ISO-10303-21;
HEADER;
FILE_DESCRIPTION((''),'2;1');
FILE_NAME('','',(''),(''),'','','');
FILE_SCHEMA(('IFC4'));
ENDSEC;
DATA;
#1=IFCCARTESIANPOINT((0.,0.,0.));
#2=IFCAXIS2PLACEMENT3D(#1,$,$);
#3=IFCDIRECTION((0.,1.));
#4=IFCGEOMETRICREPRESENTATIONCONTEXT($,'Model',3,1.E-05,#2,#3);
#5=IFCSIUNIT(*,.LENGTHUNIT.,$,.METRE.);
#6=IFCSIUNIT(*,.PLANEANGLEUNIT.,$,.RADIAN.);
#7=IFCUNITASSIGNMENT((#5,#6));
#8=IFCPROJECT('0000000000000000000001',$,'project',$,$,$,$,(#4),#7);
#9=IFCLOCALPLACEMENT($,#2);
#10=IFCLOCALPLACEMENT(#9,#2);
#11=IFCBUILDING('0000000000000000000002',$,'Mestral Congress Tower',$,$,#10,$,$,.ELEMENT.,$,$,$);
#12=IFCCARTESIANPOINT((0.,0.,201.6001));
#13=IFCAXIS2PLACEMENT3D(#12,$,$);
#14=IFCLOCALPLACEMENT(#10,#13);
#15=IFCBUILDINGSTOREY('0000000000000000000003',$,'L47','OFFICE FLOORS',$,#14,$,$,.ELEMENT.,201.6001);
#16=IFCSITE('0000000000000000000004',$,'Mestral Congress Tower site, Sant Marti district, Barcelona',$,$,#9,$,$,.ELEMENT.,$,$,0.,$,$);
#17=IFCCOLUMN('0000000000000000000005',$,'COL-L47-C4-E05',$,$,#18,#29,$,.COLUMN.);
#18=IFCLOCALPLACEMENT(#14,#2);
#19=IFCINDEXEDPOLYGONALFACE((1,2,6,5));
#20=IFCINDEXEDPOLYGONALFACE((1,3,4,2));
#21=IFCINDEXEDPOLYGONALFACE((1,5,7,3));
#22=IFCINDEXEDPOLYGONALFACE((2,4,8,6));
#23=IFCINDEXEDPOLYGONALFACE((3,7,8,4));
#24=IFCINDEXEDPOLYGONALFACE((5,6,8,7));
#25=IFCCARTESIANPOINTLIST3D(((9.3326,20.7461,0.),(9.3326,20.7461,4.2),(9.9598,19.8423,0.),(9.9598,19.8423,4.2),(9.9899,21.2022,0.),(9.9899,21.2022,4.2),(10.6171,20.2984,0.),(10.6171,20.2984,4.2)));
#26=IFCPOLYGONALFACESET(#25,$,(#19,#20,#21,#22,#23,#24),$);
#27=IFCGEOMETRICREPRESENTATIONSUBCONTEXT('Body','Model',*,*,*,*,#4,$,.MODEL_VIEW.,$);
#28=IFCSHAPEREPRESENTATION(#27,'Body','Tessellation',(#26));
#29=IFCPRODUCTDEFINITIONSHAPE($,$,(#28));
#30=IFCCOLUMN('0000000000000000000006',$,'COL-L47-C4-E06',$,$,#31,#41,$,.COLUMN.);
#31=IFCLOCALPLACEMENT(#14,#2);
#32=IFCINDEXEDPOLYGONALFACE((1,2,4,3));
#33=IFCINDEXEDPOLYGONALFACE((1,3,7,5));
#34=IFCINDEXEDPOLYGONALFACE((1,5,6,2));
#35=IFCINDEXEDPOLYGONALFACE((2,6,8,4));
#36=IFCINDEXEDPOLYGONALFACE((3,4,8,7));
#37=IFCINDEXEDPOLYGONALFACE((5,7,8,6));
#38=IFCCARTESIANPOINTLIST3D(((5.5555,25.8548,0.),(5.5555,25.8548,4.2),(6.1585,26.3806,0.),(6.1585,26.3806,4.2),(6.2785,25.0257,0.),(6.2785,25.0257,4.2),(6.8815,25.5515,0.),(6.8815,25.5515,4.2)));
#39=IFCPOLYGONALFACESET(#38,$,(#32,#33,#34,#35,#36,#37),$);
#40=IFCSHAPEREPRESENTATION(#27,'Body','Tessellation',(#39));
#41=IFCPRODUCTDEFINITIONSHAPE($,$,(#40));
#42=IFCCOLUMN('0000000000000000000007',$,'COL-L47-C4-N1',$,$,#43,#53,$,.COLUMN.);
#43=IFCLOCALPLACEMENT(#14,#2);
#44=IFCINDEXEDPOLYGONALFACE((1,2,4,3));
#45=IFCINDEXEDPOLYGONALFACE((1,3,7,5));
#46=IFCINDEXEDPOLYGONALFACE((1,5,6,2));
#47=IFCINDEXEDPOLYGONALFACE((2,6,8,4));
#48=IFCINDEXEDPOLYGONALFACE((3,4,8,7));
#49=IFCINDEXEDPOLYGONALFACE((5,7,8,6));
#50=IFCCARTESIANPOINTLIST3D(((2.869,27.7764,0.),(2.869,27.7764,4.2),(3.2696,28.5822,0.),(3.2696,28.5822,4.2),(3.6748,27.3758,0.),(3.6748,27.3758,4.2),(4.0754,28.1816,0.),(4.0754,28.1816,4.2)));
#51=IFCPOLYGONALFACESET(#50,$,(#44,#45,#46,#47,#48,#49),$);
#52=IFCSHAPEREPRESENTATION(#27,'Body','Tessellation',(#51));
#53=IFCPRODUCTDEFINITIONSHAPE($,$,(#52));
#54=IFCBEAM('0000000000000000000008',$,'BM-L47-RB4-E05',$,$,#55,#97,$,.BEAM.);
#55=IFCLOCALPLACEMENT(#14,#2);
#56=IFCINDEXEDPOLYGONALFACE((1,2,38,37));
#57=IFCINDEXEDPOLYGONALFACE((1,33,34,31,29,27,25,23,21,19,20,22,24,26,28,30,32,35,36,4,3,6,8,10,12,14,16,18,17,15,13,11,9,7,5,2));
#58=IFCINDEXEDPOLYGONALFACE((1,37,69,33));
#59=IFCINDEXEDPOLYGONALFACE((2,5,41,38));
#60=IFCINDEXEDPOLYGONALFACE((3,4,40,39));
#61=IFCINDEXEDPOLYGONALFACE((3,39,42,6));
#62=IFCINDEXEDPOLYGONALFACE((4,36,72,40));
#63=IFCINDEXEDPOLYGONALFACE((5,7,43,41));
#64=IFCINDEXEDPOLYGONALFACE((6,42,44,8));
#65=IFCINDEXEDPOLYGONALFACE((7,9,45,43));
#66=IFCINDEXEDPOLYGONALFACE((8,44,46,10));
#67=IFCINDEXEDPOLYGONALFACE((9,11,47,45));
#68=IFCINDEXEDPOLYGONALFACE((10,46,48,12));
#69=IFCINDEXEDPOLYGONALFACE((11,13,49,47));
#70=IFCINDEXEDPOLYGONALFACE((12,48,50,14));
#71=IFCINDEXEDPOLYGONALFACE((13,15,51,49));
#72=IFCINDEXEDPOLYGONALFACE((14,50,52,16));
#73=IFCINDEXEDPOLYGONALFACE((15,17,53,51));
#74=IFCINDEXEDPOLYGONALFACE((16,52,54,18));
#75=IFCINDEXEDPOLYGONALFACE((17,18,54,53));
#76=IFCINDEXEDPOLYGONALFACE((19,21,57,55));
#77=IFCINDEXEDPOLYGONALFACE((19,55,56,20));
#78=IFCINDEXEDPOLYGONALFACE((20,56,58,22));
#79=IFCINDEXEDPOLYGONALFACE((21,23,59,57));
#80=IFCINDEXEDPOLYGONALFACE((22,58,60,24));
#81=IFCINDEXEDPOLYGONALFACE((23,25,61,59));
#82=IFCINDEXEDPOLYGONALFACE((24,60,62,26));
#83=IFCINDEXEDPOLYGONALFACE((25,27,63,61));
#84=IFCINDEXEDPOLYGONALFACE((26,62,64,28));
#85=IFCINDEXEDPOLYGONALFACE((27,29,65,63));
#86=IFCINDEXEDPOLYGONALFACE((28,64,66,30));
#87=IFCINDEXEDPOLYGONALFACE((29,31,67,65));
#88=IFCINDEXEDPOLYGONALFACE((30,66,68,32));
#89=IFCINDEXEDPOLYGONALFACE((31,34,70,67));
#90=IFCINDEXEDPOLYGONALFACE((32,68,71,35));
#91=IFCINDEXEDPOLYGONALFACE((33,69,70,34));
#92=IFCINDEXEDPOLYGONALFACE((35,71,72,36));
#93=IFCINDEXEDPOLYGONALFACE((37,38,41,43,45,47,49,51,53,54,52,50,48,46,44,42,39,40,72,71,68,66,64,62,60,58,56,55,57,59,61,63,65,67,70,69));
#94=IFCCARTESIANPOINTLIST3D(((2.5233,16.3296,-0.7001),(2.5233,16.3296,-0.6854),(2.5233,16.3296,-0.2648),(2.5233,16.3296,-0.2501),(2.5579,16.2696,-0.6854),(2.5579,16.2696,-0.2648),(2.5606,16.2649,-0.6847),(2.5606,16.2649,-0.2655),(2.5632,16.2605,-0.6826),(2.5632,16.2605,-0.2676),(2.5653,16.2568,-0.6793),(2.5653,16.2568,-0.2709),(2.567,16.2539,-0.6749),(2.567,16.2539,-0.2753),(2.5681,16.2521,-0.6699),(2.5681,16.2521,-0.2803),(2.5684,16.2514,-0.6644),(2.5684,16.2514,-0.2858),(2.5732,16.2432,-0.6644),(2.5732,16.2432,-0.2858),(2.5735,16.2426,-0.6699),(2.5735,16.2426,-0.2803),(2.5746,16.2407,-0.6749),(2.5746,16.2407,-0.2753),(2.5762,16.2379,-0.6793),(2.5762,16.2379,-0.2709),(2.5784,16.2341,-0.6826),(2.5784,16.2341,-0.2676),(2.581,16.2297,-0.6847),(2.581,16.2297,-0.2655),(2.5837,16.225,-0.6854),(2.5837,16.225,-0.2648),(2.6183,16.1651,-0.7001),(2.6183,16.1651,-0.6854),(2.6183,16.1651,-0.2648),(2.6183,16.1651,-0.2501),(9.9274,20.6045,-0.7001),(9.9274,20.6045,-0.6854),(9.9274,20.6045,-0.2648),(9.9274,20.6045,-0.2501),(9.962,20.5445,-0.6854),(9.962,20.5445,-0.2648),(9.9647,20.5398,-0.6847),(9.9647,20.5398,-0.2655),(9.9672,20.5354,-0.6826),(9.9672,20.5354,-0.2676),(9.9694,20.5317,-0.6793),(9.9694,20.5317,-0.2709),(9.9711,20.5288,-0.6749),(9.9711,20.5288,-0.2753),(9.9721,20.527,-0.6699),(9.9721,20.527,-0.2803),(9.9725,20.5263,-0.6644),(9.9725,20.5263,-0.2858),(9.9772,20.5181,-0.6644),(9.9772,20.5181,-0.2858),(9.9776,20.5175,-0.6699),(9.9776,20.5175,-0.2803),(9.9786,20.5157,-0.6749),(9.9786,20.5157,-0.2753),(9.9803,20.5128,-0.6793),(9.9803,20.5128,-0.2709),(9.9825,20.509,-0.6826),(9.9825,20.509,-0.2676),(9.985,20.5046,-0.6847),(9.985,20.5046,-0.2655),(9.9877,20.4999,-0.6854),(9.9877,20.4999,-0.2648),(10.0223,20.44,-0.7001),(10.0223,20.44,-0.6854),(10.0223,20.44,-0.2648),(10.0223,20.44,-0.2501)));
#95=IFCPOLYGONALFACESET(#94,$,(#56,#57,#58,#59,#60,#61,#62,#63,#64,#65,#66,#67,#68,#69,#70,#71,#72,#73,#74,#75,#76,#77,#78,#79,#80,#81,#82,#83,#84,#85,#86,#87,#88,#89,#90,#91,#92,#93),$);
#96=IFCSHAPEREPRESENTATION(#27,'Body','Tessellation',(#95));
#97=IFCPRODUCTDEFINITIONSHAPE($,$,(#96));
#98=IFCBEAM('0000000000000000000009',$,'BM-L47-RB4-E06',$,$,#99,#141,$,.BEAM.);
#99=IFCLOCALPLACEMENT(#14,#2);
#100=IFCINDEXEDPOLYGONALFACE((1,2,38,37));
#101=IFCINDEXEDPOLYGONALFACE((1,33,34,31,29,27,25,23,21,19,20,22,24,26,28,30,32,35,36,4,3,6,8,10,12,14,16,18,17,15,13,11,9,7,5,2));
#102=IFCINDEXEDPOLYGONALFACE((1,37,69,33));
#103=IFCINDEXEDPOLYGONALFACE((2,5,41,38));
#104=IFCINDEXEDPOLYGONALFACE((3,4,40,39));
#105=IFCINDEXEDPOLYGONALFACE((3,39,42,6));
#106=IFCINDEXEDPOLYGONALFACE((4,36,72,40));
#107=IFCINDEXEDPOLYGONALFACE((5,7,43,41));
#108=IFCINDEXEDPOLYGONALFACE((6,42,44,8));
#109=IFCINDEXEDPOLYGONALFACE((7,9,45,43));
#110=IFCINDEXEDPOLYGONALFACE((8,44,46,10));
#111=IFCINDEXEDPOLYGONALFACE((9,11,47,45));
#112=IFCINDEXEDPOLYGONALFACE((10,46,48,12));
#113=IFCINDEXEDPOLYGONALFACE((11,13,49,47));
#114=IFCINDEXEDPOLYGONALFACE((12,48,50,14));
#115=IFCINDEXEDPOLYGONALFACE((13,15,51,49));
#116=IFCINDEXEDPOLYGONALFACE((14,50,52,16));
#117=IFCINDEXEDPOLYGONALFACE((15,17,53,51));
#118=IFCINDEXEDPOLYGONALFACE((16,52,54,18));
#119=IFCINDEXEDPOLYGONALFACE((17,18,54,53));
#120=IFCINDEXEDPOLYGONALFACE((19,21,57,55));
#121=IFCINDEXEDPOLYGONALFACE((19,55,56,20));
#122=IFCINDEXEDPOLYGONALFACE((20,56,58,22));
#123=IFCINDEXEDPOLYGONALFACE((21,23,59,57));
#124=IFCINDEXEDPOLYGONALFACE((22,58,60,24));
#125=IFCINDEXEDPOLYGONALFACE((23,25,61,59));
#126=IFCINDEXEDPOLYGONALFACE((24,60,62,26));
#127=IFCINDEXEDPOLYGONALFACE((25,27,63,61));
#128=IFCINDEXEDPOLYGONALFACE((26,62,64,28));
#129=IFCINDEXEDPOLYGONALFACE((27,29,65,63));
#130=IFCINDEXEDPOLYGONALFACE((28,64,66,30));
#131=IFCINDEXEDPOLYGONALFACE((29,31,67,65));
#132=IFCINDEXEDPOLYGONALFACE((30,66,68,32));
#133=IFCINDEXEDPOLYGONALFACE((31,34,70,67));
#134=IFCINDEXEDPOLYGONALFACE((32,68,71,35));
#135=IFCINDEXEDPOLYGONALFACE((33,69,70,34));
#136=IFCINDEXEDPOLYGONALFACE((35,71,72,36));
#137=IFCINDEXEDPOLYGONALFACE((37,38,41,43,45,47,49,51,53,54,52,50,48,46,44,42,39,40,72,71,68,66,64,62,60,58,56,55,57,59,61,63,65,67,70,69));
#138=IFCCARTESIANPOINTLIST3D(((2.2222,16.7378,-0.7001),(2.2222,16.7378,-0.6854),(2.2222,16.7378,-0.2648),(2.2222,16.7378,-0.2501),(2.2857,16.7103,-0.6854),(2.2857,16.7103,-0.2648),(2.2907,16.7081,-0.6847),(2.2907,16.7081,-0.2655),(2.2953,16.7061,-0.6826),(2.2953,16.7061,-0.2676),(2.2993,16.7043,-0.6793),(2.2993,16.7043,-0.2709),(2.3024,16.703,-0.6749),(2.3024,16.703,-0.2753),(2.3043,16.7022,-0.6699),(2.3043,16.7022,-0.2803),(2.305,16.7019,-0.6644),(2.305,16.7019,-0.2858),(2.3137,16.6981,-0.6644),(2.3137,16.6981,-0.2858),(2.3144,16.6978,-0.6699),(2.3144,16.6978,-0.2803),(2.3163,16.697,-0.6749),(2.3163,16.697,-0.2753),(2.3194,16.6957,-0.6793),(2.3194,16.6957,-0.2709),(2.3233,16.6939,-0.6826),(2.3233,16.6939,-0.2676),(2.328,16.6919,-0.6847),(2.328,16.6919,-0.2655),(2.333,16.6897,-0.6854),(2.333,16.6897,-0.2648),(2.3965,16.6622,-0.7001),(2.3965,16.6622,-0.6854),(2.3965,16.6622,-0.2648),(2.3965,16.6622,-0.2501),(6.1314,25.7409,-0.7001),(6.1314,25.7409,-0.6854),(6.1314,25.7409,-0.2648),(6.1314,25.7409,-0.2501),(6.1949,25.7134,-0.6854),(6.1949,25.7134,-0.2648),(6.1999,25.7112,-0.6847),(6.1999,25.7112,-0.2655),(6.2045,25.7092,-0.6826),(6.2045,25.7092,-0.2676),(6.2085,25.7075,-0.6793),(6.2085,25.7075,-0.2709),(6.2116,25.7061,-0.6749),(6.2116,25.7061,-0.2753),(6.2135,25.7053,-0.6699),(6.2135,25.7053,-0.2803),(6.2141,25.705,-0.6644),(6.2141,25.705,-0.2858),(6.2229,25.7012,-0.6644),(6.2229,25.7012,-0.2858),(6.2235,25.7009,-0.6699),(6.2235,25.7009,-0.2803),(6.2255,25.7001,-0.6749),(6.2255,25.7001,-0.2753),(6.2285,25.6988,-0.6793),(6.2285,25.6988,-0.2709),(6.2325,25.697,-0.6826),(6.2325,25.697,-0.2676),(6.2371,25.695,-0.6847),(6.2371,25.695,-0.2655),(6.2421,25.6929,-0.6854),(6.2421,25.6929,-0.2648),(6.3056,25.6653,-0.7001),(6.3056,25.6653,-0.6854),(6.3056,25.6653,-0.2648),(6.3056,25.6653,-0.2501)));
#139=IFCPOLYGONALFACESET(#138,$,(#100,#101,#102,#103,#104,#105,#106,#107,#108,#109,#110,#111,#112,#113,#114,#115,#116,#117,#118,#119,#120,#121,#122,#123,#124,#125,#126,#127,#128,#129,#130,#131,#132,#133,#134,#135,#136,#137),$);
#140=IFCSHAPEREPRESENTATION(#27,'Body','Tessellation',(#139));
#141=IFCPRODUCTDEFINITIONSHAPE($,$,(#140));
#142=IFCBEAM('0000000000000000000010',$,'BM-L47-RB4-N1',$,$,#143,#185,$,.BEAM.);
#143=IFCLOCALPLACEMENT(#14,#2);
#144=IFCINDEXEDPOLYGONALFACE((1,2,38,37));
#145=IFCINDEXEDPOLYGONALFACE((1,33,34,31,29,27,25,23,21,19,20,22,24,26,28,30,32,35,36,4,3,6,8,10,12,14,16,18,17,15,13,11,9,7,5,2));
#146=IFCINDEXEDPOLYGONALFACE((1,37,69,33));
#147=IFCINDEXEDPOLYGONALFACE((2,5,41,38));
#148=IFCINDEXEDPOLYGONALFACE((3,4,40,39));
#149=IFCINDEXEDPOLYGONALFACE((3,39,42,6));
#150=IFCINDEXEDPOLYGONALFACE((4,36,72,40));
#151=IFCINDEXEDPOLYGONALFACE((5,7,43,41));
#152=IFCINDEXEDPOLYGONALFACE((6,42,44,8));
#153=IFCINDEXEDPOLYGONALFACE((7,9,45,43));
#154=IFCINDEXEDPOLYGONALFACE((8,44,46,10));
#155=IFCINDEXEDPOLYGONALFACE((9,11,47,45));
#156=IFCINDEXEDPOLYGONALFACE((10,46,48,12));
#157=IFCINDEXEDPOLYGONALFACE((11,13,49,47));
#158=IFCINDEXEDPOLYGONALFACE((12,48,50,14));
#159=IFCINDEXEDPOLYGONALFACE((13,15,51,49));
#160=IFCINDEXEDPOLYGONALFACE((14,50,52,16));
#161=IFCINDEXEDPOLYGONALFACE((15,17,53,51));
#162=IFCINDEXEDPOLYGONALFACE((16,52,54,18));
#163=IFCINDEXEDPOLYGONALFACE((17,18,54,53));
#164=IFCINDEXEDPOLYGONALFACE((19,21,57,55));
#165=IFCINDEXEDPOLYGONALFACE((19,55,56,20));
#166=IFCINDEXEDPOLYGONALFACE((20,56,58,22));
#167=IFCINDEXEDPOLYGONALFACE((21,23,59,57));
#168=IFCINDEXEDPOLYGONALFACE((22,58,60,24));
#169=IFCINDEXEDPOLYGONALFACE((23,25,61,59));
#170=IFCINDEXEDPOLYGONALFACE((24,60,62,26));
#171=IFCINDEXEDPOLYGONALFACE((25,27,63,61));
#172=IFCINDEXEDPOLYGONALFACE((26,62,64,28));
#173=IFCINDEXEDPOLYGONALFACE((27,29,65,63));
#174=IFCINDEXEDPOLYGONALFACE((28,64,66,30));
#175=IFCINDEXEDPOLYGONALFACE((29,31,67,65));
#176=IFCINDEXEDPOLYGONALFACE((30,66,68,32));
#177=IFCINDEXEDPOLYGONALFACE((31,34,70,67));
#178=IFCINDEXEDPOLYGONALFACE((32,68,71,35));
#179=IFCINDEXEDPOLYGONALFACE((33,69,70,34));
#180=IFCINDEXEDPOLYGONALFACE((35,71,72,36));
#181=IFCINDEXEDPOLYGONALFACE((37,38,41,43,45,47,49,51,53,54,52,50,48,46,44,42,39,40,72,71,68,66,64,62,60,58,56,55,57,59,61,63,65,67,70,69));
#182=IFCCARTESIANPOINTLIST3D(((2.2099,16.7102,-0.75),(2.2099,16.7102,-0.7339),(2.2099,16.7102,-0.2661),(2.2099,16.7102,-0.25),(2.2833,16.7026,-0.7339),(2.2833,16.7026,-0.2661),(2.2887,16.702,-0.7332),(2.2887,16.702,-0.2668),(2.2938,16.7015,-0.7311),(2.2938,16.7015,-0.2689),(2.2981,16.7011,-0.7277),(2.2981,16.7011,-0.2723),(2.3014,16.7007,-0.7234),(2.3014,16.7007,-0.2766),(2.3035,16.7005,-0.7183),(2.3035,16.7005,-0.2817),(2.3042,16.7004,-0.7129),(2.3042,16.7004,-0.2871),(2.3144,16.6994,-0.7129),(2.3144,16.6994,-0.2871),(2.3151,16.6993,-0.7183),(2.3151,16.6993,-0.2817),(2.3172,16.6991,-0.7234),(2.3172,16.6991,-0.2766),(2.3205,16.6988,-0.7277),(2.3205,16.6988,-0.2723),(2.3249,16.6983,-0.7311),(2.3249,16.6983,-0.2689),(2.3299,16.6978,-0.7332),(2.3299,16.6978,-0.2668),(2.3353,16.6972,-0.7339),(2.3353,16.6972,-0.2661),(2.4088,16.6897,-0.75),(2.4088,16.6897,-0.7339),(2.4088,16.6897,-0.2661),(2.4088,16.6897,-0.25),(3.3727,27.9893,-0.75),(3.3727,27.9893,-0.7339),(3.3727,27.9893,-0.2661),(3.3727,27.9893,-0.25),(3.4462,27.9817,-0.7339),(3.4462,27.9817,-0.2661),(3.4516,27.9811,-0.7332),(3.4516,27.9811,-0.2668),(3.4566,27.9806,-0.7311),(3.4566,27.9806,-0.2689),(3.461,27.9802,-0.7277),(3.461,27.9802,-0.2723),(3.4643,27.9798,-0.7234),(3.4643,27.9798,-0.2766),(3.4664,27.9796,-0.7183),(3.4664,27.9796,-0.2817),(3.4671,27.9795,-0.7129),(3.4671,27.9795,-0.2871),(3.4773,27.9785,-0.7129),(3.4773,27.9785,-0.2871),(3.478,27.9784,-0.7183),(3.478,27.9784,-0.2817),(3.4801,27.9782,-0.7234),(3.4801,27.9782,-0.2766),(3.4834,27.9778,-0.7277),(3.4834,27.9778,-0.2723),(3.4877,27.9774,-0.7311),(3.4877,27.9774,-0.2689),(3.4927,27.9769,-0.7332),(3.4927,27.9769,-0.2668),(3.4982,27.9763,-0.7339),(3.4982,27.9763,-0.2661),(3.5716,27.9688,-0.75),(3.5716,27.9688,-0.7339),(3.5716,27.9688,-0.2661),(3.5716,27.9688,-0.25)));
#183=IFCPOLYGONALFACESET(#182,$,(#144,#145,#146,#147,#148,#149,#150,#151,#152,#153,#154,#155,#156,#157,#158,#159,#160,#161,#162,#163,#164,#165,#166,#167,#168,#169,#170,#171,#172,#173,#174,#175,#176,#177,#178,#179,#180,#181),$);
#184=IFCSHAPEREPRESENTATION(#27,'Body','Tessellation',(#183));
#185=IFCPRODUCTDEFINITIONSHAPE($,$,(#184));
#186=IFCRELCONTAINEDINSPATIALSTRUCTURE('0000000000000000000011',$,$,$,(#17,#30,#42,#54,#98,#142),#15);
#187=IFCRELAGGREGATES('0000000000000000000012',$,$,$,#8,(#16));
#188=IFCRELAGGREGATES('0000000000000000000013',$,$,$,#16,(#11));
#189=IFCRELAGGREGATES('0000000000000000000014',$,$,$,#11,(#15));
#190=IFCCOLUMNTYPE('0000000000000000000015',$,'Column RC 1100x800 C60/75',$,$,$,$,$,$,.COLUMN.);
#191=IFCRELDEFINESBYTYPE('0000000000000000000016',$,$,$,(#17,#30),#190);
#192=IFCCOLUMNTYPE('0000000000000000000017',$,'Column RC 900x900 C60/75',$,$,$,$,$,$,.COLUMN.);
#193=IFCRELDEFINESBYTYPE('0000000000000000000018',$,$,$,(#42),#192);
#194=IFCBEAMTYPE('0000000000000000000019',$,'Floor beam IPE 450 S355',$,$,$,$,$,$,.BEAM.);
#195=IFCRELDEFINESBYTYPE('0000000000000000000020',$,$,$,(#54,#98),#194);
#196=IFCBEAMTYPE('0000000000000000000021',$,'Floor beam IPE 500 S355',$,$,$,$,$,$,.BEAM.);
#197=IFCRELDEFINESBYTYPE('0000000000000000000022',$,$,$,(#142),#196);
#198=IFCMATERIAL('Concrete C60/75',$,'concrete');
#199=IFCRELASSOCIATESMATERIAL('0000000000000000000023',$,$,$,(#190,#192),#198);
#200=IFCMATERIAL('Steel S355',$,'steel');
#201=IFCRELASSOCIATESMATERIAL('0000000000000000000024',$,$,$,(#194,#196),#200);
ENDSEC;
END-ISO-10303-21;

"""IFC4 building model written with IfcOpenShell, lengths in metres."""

from ifc_helpers import new_model, si_unit, direction, frame, origin, origin_2d, place, context, subcontext, project, spatial, rectangle, i_section, extrude, material, material_profile, profile_set, type_object, element, save


model = new_model("IFC4")

# Units and contexts
model_context = context("Model", 3, precision=1e-05, world=origin(), true_north=direction((0.0, 1.0)))
body_context = subcontext(model_context, "Body", "Model", "MODEL_VIEW")
ifc_project = project(units=[si_unit("LENGTHUNIT", "METRE"), si_unit("PLANEANGLEUNIT", "RADIAN")], contexts=[model_context])

# Site, building, storey
site_placement = place(None, origin())
site = spatial("IfcSite", under=ifc_project, at=site_placement, Name="Mestral Congress Tower site, Sant Marti district, Barcelona", CompositionType="ELEMENT", RefElevation=0.0)
building_placement = place(site_placement, origin())
building = spatial("IfcBuilding", under=site, at=building_placement, Name="Mestral Congress Tower", CompositionType="ELEMENT")
storey_placement = place(building_placement, frame((0.0, 0.0, 201.6001)))
storey = spatial("IfcBuildingStorey", under=building, at=storey_placement, Name="L47", Description="OFFICE FLOORS", CompositionType="ELEMENT", Elevation=201.6001)

# Columns
ifc_material_1 = material(Name="Concrete C60/75", Category="concrete")
ifc_material_profile_1 = material_profile(ifc_material_1, rectangle(XDim=1.1001, YDim=0.8, at=origin_2d()), Name="RC 1100x800")
ifc_profile_set_1 = profile_set([ifc_material_profile_1], Name="Concrete C60/75")
column_type_1 = type_object("IfcColumnType", Name="Column RC 1100x800 C60/75", PredefinedType="COLUMN", material=ifc_profile_set_1)
for number, where, z_axis, x_axis, name in (
    (1, (9.9749, 20.5222, 0.0), (0.0, 0.0, 1.0), (-0.570084, 0.821586, 0.0), "COL-L47-C4-E05"),
    (2, (6.2185, 25.7031, 0.0), (0.0, 0.0, 1.0), (-0.65725, 0.753672, 0.0), "COL-L47-C4-E06"),
):
    element("IfcColumn", number, at=place(storey_placement, frame(where, z_axis=z_axis, x_axis=x_axis)), inside=storey, type_object=column_type_1, Name=name, PredefinedType="COLUMN", context=body_context, shape_type="SweptSolid", body=[
        extrude(rectangle(XDim=1.1001, YDim=0.8, at=origin_2d()), origin(), (0.0, 0.0, 1.0), 4.2),
    ])
ifc_material_profile_2 = material_profile(ifc_material_1, rectangle(XDim=0.8999, YDim=0.8999, at=origin_2d()), Name="RC 900x900")
ifc_profile_set_2 = profile_set([ifc_material_profile_2], Name="Concrete C60/75")
column_type_2 = type_object("IfcColumnType", Name="Column RC 900x900 C60/75", PredefinedType="COLUMN", material=ifc_profile_set_2)
column_placement = place(storey_placement, frame((3.4722, 27.979, 0.0), z_axis=(0.0, 0.0, 1.0), x_axis=(-0.895456, 0.445149, 0.0)))
element("IfcColumn", 3, at=column_placement, inside=storey, type_object=column_type_2, Name="COL-L47-C4-N1", PredefinedType="COLUMN", context=body_context, shape_type="SweptSolid", body=[
    extrude(rectangle(XDim=0.8999, YDim=0.8999, at=origin_2d()), origin(), (0.0, 0.0, 1.0), 4.2),
])

# Beams
ifc_material_2 = material(Name="Steel S355", Category="steel")
ifc_material_profile_3 = material_profile(ifc_material_2, i_section(OverallWidth=0.1899, OverallDepth=0.45, WebThickness=0.0095, FlangeThickness=0.0146, FilletRadius=0.021, at=origin_2d()), Name="IPE 450")
ifc_profile_set_3 = profile_set([ifc_material_profile_3], Name="Steel S355")
beam_type_1 = type_object("IfcBeamType", Name="Floor beam IPE 450 S355", PredefinedType="BEAM", material=ifc_profile_set_3)
beam_1_placement = place(storey_placement, frame((9.9749, 20.5222, -0.4751), z_axis=(-0.866017, -0.500015, 0.0), x_axis=(0.500015, -0.866017, 0.0)))
element("IfcBeam", 4, at=beam_1_placement, inside=storey, type_object=beam_type_1, Name="BM-L47-RB4-E05", PredefinedType="BEAM", context=body_context, shape_type="SweptSolid", body=[
    extrude(i_section(OverallWidth=0.1899, OverallDepth=0.45, WebThickness=0.0095, FlangeThickness=0.0146, FilletRadius=0.021, at=origin_2d()), origin(), (0.0, 0.0, 1.0), 8.5496),
])
beam_2_placement = place(storey_placement, frame((6.2185, 25.7031, -0.4751), z_axis=(-0.398277, -0.917265, 0.0), x_axis=(0.917265, -0.398277, 0.0)))
element("IfcBeam", 5, at=beam_2_placement, inside=storey, type_object=beam_type_1, Name="BM-L47-RB4-E06", PredefinedType="BEAM", context=body_context, shape_type="SweptSolid", body=[
    extrude(i_section(OverallWidth=0.1899, OverallDepth=0.45, WebThickness=0.0095, FlangeThickness=0.0146, FilletRadius=0.021, at=origin_2d()), origin(), (0.0, 0.0, 1.0), 9.8152),
])
ifc_material_profile_4 = material_profile(ifc_material_2, i_section(OverallWidth=0.2, OverallDepth=0.5, WebThickness=0.0103, FlangeThickness=0.0161, FilletRadius=0.021, at=origin_2d()), Name="IPE 500")
ifc_profile_set_4 = profile_set([ifc_material_profile_4], Name="Steel S355")
beam_type_2 = type_object("IfcBeamType", Name="Floor beam IPE 500 S355", PredefinedType="BEAM", material=ifc_profile_set_4)
beam_3_placement = place(storey_placement, frame((3.4722, 27.979, -0.5), z_axis=(-0.102554, -0.994727, 0.0), x_axis=(0.994727, -0.102554, 0.0)))
element("IfcBeam", 6, at=beam_3_placement, inside=storey, type_object=beam_type_2, Name="BM-L47-RB4-N1", PredefinedType="BEAM", context=body_context, shape_type="SweptSolid", body=[
    extrude(i_section(OverallWidth=0.2, OverallDepth=0.5, WebThickness=0.0103, FlangeThickness=0.0161, FilletRadius=0.021, at=origin_2d()), origin(), (0.0, 0.0, 1.0), 11.3389),
])

save(model, "model.ifc")
